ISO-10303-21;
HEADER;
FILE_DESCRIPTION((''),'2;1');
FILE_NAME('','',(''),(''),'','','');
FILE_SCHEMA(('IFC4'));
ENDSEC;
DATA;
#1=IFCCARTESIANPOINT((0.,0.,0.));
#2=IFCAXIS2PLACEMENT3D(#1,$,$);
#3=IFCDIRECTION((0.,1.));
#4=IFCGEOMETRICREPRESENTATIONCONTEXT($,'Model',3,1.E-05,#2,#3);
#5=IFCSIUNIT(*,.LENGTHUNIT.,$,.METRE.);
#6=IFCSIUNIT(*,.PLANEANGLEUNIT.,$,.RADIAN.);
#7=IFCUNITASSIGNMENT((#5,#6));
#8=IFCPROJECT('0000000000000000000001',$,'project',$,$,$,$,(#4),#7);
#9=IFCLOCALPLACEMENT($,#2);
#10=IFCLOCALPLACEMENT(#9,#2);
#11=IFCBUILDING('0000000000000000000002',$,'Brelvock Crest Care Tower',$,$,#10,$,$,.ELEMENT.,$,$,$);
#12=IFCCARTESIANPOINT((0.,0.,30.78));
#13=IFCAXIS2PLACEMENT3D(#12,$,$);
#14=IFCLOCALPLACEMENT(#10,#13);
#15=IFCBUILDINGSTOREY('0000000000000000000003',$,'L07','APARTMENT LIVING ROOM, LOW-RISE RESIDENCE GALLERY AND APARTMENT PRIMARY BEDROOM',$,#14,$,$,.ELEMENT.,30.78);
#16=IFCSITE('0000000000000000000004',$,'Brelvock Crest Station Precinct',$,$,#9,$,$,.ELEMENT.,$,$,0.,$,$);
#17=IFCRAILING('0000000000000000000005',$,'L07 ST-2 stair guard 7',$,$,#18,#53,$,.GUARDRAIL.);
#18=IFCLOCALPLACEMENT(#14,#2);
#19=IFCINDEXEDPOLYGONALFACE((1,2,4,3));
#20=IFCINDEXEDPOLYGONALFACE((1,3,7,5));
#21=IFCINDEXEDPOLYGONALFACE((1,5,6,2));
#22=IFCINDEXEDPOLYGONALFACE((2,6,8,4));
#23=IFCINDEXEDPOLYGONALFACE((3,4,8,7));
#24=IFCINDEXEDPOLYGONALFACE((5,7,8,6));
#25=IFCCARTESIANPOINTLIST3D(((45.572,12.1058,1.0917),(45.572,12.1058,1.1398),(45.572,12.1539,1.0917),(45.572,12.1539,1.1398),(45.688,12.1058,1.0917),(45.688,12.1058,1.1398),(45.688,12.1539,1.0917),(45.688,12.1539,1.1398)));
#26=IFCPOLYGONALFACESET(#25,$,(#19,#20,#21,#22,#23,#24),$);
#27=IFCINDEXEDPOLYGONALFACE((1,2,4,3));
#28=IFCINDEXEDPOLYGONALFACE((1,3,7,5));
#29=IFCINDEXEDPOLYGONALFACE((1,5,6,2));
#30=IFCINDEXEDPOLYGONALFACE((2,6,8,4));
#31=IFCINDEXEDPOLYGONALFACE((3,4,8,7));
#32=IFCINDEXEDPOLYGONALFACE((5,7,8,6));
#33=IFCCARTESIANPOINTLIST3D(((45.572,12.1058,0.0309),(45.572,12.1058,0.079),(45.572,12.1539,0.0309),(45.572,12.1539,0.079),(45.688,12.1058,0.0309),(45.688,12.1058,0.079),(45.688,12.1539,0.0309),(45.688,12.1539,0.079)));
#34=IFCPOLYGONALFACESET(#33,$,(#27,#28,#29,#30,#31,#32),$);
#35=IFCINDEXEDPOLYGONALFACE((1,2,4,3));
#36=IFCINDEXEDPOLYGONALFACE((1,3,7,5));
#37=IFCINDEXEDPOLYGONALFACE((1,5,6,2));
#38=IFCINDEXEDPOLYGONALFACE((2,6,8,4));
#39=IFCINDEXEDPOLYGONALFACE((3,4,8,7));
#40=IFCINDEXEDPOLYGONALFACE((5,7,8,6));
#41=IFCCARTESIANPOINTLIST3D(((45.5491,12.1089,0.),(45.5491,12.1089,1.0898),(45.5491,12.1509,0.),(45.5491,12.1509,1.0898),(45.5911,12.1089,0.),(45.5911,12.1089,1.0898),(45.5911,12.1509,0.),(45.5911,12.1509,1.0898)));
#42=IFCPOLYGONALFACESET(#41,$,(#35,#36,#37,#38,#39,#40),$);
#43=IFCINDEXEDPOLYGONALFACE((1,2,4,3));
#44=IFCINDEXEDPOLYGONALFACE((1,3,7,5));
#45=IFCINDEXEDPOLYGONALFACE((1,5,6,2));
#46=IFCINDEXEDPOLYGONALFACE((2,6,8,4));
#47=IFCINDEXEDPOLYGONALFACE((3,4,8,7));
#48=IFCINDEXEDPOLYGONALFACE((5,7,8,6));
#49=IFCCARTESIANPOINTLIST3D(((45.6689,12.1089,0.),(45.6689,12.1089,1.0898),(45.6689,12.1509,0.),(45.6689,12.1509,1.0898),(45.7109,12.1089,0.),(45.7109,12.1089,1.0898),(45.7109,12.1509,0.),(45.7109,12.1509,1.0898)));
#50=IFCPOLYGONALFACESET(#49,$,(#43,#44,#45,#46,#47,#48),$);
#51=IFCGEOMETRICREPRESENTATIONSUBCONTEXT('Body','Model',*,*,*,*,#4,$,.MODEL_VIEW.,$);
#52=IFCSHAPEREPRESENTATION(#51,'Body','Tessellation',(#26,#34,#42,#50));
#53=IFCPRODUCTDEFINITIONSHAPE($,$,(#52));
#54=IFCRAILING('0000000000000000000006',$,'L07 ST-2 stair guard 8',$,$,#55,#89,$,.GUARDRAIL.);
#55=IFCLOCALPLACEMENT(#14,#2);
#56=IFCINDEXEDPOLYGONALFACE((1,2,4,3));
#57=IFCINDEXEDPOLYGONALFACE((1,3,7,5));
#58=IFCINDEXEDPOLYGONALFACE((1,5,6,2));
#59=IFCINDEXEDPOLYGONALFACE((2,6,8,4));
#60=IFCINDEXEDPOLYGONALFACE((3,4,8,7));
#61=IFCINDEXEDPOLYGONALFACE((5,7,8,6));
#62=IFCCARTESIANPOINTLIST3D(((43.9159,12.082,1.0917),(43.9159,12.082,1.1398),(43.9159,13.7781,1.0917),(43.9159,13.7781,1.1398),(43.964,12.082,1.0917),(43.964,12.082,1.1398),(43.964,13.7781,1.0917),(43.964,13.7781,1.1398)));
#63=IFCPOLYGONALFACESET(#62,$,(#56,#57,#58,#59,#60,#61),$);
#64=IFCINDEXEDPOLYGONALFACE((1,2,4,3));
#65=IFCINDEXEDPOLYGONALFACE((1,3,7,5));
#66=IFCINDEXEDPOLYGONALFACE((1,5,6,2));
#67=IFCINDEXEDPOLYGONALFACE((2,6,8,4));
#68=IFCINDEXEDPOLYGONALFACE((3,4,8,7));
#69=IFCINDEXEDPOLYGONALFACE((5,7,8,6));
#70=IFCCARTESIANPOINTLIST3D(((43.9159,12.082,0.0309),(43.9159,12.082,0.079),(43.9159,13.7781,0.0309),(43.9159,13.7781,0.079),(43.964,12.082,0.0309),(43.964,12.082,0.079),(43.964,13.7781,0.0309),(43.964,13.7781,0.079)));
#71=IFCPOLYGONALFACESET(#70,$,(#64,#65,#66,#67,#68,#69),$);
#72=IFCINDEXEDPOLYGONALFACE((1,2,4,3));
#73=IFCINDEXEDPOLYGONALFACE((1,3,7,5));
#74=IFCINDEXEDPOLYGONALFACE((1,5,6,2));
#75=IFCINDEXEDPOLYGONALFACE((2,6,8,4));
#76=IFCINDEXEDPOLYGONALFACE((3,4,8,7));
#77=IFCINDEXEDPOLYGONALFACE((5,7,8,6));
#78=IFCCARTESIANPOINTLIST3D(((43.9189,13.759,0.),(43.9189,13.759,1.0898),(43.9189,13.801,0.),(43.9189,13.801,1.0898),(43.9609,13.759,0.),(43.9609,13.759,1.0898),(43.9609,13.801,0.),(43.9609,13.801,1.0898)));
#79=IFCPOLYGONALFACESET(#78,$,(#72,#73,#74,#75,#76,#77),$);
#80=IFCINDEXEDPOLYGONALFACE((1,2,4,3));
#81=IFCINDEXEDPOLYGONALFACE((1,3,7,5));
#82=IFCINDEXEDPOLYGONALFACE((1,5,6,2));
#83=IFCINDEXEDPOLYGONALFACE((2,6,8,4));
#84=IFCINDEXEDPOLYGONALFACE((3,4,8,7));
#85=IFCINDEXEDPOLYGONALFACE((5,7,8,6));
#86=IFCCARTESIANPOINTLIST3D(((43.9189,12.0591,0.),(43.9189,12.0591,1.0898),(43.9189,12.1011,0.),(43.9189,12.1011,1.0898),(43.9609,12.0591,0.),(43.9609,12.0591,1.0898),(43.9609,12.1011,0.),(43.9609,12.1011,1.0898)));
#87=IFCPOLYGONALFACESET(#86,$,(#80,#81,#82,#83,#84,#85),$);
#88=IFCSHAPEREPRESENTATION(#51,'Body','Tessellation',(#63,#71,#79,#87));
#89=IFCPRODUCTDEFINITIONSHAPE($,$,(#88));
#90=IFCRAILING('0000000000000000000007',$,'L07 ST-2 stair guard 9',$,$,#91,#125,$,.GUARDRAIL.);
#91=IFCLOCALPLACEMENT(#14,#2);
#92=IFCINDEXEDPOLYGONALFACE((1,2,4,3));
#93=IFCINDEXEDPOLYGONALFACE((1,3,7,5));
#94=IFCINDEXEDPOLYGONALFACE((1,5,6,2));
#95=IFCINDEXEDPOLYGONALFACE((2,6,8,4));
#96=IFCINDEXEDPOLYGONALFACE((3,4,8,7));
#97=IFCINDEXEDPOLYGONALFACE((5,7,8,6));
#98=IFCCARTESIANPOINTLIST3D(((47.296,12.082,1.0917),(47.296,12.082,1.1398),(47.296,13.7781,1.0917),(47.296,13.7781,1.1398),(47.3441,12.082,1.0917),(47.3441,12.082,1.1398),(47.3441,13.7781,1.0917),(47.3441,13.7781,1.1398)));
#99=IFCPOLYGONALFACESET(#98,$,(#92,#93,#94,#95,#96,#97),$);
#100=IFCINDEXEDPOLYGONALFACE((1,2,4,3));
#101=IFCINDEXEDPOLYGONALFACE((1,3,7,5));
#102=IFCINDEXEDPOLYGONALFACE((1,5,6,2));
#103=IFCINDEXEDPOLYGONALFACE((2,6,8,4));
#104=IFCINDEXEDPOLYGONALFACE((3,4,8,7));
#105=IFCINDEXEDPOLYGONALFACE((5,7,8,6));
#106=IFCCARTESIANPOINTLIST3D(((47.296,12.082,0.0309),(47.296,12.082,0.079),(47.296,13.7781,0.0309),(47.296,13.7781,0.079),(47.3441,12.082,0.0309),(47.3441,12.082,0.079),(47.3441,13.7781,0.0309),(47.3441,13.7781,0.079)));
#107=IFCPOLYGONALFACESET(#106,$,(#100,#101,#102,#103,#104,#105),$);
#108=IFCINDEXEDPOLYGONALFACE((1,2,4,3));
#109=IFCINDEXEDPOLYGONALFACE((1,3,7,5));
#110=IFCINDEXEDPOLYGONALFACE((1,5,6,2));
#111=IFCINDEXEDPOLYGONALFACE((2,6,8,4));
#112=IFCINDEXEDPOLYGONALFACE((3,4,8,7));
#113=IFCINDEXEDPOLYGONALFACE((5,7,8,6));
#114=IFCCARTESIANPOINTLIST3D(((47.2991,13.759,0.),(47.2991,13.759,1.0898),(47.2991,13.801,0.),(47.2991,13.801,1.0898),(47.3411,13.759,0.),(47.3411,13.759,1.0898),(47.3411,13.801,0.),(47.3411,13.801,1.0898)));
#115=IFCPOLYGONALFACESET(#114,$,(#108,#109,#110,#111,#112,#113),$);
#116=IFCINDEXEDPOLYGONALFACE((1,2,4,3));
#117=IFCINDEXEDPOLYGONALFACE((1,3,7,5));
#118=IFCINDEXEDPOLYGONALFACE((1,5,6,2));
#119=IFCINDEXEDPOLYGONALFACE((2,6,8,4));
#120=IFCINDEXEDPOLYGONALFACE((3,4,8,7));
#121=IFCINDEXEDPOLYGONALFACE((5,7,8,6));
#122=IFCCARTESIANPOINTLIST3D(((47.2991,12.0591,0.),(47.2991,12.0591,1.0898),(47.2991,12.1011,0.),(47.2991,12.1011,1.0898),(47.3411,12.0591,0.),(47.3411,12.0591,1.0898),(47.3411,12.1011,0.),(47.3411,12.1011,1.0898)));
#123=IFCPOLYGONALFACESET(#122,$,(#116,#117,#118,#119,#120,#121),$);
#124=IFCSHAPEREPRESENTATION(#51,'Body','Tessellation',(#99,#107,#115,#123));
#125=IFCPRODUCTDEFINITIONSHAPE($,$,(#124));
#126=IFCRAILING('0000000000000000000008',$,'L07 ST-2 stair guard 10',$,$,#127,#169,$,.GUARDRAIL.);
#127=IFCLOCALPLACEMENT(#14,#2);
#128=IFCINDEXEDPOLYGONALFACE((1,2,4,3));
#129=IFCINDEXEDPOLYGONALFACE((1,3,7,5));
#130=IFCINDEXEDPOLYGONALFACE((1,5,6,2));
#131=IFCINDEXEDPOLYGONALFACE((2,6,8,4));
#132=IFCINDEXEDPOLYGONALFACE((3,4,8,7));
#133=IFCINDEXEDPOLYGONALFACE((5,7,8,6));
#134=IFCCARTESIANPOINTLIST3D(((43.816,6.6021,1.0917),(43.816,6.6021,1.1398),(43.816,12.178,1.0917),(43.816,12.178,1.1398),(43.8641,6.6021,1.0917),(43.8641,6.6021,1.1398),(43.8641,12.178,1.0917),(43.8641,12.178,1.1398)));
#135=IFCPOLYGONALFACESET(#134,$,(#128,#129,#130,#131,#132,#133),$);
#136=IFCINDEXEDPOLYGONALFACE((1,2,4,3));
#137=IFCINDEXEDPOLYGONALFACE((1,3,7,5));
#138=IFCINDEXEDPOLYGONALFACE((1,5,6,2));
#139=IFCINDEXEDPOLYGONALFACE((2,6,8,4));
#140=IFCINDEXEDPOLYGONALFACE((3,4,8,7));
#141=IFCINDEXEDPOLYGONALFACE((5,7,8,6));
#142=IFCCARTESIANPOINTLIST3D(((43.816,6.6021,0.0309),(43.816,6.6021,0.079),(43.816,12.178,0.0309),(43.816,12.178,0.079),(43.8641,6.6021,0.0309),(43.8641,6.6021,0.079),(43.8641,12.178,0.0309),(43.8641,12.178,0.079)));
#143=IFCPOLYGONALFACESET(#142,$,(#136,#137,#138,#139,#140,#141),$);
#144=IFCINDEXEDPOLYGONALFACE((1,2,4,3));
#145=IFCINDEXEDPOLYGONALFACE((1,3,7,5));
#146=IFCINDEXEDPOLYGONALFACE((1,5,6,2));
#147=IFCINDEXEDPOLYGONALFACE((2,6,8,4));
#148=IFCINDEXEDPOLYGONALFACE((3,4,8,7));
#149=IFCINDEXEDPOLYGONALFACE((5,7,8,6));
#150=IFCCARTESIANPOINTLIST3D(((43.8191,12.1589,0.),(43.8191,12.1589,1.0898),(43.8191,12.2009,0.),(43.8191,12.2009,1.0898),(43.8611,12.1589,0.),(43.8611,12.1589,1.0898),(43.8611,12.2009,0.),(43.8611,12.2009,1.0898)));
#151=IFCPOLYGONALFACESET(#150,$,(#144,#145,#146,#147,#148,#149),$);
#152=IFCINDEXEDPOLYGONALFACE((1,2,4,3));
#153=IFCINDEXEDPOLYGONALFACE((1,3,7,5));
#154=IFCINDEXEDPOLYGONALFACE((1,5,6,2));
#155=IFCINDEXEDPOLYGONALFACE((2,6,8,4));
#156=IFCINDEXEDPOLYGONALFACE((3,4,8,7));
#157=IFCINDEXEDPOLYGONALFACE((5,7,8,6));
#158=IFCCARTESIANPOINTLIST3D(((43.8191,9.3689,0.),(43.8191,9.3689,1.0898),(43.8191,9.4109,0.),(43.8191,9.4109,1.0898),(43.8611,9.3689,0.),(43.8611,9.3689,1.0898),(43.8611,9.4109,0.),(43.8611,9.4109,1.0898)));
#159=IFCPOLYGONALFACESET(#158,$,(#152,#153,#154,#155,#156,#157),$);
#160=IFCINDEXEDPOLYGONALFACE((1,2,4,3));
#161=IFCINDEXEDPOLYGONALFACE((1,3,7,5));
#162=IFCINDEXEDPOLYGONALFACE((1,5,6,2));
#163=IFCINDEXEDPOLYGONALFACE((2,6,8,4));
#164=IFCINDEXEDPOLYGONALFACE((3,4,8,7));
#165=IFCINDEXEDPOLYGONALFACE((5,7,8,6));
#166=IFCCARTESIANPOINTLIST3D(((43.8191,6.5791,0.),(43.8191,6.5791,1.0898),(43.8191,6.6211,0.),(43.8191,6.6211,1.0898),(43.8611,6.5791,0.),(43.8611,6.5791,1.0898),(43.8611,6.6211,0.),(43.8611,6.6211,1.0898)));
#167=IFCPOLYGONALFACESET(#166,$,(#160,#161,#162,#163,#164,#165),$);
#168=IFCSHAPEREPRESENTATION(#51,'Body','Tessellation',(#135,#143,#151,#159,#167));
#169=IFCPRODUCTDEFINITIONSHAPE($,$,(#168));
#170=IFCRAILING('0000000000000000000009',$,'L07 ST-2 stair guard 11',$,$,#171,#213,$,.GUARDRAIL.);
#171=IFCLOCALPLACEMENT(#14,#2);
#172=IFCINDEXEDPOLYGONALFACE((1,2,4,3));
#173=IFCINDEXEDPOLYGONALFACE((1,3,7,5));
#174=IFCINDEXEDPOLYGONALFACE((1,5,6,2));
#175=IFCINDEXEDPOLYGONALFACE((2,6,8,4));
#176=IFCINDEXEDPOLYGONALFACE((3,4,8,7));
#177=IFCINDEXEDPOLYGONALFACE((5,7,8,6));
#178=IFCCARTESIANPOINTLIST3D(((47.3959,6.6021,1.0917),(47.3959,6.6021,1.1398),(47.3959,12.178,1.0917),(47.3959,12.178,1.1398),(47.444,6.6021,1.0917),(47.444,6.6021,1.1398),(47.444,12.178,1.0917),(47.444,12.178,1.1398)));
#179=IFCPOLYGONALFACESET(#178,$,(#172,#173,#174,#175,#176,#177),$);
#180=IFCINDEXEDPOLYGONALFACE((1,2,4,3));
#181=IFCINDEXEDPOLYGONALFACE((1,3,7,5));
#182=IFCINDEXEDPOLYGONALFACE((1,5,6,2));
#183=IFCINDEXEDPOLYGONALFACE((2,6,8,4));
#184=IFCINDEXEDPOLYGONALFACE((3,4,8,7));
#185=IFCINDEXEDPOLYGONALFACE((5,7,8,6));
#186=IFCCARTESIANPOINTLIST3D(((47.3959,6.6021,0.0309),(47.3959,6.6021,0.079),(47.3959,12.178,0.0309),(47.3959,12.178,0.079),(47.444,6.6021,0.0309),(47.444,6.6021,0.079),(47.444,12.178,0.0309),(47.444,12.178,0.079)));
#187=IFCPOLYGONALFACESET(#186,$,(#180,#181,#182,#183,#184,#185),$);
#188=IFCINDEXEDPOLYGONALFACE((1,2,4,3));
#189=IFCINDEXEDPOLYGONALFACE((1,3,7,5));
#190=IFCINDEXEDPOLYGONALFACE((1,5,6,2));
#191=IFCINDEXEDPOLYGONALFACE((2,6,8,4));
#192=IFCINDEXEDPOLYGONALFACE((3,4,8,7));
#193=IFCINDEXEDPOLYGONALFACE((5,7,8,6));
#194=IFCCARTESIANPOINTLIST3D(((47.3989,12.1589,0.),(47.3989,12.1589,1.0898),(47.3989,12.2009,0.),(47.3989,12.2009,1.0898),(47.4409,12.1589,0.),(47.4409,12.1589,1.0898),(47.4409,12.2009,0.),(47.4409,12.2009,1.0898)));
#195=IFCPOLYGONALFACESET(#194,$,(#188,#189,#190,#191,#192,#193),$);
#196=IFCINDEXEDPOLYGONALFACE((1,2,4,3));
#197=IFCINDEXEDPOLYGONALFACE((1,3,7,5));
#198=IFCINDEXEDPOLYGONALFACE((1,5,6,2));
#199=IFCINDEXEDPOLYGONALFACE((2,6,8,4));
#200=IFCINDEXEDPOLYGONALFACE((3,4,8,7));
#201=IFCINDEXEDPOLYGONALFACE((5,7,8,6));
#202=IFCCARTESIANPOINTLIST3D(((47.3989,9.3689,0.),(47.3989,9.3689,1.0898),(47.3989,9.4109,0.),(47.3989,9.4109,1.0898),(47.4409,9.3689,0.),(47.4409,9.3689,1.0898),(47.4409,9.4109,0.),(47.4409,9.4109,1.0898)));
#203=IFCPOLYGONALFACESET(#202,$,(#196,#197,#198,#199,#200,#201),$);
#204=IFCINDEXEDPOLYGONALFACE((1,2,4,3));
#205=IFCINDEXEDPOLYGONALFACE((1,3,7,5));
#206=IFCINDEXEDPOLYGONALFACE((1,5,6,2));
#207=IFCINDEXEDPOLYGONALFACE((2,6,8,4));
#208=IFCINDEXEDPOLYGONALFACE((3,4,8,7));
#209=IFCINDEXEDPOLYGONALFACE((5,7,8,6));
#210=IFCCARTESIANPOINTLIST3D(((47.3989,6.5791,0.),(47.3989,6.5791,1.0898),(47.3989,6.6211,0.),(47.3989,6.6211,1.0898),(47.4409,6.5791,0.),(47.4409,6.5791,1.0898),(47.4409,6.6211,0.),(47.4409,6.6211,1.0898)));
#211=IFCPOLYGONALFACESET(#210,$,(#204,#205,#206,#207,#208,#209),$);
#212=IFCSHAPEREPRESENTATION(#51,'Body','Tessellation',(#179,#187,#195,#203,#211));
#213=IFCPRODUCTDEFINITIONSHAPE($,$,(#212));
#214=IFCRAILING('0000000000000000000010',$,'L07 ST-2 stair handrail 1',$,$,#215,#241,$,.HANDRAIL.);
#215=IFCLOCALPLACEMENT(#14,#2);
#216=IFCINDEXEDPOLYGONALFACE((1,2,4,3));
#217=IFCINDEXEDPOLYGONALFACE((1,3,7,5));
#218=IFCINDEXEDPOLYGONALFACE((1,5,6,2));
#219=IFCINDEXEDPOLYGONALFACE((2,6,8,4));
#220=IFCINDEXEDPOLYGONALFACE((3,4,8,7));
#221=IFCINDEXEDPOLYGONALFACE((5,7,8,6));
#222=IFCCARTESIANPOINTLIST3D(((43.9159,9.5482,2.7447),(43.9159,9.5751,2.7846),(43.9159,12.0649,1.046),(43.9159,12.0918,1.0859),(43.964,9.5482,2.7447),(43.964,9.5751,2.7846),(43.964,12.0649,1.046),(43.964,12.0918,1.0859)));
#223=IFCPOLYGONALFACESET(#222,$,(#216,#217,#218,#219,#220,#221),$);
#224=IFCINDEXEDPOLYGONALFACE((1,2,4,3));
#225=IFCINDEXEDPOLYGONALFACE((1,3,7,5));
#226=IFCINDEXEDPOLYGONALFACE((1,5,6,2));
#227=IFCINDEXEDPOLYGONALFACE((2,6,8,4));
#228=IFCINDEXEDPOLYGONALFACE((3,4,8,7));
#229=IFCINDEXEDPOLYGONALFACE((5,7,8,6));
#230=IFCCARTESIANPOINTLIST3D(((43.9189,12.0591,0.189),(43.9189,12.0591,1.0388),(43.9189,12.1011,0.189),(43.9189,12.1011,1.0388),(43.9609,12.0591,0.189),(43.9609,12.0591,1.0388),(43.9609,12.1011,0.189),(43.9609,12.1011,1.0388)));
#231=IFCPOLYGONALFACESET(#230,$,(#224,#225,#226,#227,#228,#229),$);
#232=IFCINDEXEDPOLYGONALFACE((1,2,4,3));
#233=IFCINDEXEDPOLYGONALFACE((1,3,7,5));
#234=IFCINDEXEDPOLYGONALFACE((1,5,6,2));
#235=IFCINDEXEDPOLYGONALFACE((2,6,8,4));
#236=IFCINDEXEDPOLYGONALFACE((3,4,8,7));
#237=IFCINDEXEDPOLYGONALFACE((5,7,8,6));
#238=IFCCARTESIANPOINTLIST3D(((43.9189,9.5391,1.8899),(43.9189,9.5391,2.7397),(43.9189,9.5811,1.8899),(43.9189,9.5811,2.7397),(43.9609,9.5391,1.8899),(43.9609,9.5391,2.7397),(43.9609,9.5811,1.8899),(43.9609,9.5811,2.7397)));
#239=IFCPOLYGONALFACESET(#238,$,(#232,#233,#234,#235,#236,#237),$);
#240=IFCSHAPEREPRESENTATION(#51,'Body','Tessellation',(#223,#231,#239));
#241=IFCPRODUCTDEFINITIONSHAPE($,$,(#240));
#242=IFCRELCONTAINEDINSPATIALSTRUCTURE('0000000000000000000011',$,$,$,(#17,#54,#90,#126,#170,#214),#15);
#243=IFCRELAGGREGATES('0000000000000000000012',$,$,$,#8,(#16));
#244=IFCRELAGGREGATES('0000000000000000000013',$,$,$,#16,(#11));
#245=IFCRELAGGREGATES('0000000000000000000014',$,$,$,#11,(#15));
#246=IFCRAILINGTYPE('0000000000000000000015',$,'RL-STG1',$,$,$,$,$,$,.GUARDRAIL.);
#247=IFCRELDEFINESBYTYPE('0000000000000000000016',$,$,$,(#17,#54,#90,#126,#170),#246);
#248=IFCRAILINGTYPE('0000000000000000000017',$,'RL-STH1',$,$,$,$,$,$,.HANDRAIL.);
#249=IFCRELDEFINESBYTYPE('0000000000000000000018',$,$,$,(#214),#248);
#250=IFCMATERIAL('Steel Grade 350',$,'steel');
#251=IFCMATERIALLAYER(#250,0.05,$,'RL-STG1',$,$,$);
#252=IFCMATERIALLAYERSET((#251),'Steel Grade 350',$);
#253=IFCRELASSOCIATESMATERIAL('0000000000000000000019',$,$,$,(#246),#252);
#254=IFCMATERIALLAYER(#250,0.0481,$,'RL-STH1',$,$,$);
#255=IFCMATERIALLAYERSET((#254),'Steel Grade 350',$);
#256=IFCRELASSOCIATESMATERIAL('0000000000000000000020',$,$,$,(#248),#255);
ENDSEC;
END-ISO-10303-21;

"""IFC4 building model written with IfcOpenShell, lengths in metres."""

from ifc_helpers import new_model, si_unit, direction, frame, origin, origin_2d, place, context, subcontext, project, spatial, rectangle, extrude, material, layer, layer_set, type_object, element, save


model = new_model("IFC4")

# Units and contexts
model_context = context("Model", 3, precision=1e-05, world=origin(), true_north=direction((0.0, 1.0)))
body_context = subcontext(model_context, "Body", "Model", "MODEL_VIEW")
ifc_project = project(units=[si_unit("LENGTHUNIT", "METRE"), si_unit("PLANEANGLEUNIT", "RADIAN")], contexts=[model_context])

# Site, building, storey
site_placement = place(None, origin())
site = spatial("IfcSite", under=ifc_project, at=site_placement, Name="Brelvock Crest Station Precinct", CompositionType="ELEMENT", RefElevation=0.0)
building_placement = place(site_placement, origin())
building = spatial("IfcBuilding", under=site, at=building_placement, Name="Brelvock Crest Care Tower", CompositionType="ELEMENT")
storey_placement = place(building_placement, frame((0.0, 0.0, 30.78)))
storey = spatial("IfcBuildingStorey", under=building, at=storey_placement, Name="L07", Description="APARTMENT LIVING ROOM, LOW-RISE RESIDENCE GALLERY AND APARTMENT PRIMARY BEDROOM", CompositionType="ELEMENT", Elevation=30.78)

# Shared definitions
ifc_material_1 = material(Name="Steel Grade 350", Category="steel")

# Railings
ifc_layer_1 = layer(ifc_material_1, 0.05, Name="RL-STG1")
ifc_layer_set_1 = layer_set([ifc_layer_1], Name="Steel Grade 350")
railing_type_1 = type_object("IfcRailingType", Name="RL-STG1", PredefinedType="GUARDRAIL", material=ifc_layer_set_1)
railing_1_placement = place(storey_placement, frame((45.5701, 12.1299, 0.0)))
element("IfcRailing", 1, at=railing_1_placement, inside=storey, type_object=railing_type_1, Name="L07 ST-2 stair guard 7", PredefinedType="GUARDRAIL", context=body_context, shape_type="SweptSolid", body=[
    extrude(rectangle(XDim=0.0481, YDim=0.0481, at=origin_2d()), frame((0.002, 0.0, 1.1157), z_axis=(1.0, 0.0, 0.0), x_axis=(0.0, 1.0, 0.0)), (0.0, 0.0, 1.0), 0.116),
    extrude(rectangle(XDim=0.0481, YDim=0.0481, at=origin_2d()), frame((0.002, 0.0, 0.0549), z_axis=(1.0, 0.0, 0.0), x_axis=(0.0, 1.0, 0.0)), (0.0, 0.0, 1.0), 0.116),
    extrude(rectangle(XDim=0.042, YDim=0.042, at=origin_2d()), origin(), (0.0, 0.0, 1.0), 1.0898),
    extrude(rectangle(XDim=0.042, YDim=0.042, at=origin_2d()), frame((0.1199, 0.0, 0.0)), (0.0, 0.0, 1.0), 1.0898),
])
for number, where, name in (
    (2, (43.9399, 13.78, 0.0), "L07 ST-2 stair guard 8"),
    (3, (47.3201, 13.78, 0.0), "L07 ST-2 stair guard 9"),
):
    element("IfcRailing", number, at=place(storey_placement, frame(where)), inside=storey, type_object=railing_type_1, Name=name, PredefinedType="GUARDRAIL", context=body_context, shape_type="SweptSolid", body=[
        extrude(rectangle(XDim=0.0481, YDim=0.0481, at=origin_2d()), frame((0.0, -0.002, 1.1157), z_axis=(0.0, -1.0, 0.0), x_axis=(1.0, 0.0, 0.0)), (0.0, 0.0, 1.0), 1.696),
        extrude(rectangle(XDim=0.0481, YDim=0.0481, at=origin_2d()), frame((0.0, -0.002, 0.0549), z_axis=(0.0, -1.0, 0.0), x_axis=(1.0, 0.0, 0.0)), (0.0, 0.0, 1.0), 1.696),
        extrude(rectangle(XDim=0.042, YDim=0.042, at=origin_2d()), origin(), (0.0, 0.0, 1.0), 1.0898),
        extrude(rectangle(XDim=0.042, YDim=0.042, at=origin_2d()), frame((0.0, -1.7, 0.0)), (0.0, 0.0, 1.0), 1.0898),
    ])
for number, where, name in (
    (4, (43.8401, 12.1799, 0.0), "L07 ST-2 stair guard 10"),
    (5, (47.4199, 12.1799, 0.0), "L07 ST-2 stair guard 11"),
):
    element("IfcRailing", number, at=place(storey_placement, frame(where)), inside=storey, type_object=railing_type_1, Name=name, PredefinedType="GUARDRAIL", context=body_context, shape_type="SweptSolid", body=[
        extrude(rectangle(XDim=0.0481, YDim=0.0481, at=origin_2d()), frame((0.0, -0.002, 1.1157), z_axis=(0.0, -1.0, 0.0), x_axis=(1.0, 0.0, 0.0)), (0.0, 0.0, 1.0), 5.5759),
        extrude(rectangle(XDim=0.0481, YDim=0.0481, at=origin_2d()), frame((0.0, -0.002, 0.0549), z_axis=(0.0, -1.0, 0.0), x_axis=(1.0, 0.0, 0.0)), (0.0, 0.0, 1.0), 5.5759),
        extrude(rectangle(XDim=0.042, YDim=0.042, at=origin_2d()), origin(), (0.0, 0.0, 1.0), 1.0898),
        extrude(rectangle(XDim=0.042, YDim=0.042, at=origin_2d()), frame((0.0, -2.79, 0.0)), (0.0, 0.0, 1.0), 1.0898),
        extrude(rectangle(XDim=0.042, YDim=0.042, at=origin_2d()), frame((0.0, -5.5798, 0.0)), (0.0, 0.0, 1.0), 1.0898),
    ])
ifc_layer_2 = layer(ifc_material_1, 0.0481, Name="RL-STH1")
ifc_layer_set_2 = layer_set([ifc_layer_2], Name="Steel Grade 350")
railing_type_2 = type_object("IfcRailingType", Name="RL-STH1", PredefinedType="HANDRAIL", material=ifc_layer_set_2)
railing_2_placement = place(storey_placement, frame((43.9399, 12.0801, 0.189)))
element("IfcRailing", 6, at=railing_2_placement, inside=storey, type_object=railing_type_2, Name="L07 ST-2 stair handrail 1", PredefinedType="HANDRAIL", context=body_context, shape_type="SweptSolid", body=[
    extrude(rectangle(XDim=0.0481, YDim=0.0481, at=origin_2d()), frame((0.0, -0.0017, 0.877), z_axis=(0.0, -0.828862, 0.559454), x_axis=(1.0, 0.0, 0.0)), (0.0, 0.0, 1.0), 3.0364),
    extrude(rectangle(XDim=0.042, YDim=0.042, at=origin_2d()), origin(), (0.0, 0.0, 1.0), 0.8499),
    extrude(rectangle(XDim=0.042, YDim=0.042, at=origin_2d()), frame((0.0, -2.52, 1.7009)), (0.0, 0.0, 1.0), 0.8499),
])

save(model, "model.ifc")
